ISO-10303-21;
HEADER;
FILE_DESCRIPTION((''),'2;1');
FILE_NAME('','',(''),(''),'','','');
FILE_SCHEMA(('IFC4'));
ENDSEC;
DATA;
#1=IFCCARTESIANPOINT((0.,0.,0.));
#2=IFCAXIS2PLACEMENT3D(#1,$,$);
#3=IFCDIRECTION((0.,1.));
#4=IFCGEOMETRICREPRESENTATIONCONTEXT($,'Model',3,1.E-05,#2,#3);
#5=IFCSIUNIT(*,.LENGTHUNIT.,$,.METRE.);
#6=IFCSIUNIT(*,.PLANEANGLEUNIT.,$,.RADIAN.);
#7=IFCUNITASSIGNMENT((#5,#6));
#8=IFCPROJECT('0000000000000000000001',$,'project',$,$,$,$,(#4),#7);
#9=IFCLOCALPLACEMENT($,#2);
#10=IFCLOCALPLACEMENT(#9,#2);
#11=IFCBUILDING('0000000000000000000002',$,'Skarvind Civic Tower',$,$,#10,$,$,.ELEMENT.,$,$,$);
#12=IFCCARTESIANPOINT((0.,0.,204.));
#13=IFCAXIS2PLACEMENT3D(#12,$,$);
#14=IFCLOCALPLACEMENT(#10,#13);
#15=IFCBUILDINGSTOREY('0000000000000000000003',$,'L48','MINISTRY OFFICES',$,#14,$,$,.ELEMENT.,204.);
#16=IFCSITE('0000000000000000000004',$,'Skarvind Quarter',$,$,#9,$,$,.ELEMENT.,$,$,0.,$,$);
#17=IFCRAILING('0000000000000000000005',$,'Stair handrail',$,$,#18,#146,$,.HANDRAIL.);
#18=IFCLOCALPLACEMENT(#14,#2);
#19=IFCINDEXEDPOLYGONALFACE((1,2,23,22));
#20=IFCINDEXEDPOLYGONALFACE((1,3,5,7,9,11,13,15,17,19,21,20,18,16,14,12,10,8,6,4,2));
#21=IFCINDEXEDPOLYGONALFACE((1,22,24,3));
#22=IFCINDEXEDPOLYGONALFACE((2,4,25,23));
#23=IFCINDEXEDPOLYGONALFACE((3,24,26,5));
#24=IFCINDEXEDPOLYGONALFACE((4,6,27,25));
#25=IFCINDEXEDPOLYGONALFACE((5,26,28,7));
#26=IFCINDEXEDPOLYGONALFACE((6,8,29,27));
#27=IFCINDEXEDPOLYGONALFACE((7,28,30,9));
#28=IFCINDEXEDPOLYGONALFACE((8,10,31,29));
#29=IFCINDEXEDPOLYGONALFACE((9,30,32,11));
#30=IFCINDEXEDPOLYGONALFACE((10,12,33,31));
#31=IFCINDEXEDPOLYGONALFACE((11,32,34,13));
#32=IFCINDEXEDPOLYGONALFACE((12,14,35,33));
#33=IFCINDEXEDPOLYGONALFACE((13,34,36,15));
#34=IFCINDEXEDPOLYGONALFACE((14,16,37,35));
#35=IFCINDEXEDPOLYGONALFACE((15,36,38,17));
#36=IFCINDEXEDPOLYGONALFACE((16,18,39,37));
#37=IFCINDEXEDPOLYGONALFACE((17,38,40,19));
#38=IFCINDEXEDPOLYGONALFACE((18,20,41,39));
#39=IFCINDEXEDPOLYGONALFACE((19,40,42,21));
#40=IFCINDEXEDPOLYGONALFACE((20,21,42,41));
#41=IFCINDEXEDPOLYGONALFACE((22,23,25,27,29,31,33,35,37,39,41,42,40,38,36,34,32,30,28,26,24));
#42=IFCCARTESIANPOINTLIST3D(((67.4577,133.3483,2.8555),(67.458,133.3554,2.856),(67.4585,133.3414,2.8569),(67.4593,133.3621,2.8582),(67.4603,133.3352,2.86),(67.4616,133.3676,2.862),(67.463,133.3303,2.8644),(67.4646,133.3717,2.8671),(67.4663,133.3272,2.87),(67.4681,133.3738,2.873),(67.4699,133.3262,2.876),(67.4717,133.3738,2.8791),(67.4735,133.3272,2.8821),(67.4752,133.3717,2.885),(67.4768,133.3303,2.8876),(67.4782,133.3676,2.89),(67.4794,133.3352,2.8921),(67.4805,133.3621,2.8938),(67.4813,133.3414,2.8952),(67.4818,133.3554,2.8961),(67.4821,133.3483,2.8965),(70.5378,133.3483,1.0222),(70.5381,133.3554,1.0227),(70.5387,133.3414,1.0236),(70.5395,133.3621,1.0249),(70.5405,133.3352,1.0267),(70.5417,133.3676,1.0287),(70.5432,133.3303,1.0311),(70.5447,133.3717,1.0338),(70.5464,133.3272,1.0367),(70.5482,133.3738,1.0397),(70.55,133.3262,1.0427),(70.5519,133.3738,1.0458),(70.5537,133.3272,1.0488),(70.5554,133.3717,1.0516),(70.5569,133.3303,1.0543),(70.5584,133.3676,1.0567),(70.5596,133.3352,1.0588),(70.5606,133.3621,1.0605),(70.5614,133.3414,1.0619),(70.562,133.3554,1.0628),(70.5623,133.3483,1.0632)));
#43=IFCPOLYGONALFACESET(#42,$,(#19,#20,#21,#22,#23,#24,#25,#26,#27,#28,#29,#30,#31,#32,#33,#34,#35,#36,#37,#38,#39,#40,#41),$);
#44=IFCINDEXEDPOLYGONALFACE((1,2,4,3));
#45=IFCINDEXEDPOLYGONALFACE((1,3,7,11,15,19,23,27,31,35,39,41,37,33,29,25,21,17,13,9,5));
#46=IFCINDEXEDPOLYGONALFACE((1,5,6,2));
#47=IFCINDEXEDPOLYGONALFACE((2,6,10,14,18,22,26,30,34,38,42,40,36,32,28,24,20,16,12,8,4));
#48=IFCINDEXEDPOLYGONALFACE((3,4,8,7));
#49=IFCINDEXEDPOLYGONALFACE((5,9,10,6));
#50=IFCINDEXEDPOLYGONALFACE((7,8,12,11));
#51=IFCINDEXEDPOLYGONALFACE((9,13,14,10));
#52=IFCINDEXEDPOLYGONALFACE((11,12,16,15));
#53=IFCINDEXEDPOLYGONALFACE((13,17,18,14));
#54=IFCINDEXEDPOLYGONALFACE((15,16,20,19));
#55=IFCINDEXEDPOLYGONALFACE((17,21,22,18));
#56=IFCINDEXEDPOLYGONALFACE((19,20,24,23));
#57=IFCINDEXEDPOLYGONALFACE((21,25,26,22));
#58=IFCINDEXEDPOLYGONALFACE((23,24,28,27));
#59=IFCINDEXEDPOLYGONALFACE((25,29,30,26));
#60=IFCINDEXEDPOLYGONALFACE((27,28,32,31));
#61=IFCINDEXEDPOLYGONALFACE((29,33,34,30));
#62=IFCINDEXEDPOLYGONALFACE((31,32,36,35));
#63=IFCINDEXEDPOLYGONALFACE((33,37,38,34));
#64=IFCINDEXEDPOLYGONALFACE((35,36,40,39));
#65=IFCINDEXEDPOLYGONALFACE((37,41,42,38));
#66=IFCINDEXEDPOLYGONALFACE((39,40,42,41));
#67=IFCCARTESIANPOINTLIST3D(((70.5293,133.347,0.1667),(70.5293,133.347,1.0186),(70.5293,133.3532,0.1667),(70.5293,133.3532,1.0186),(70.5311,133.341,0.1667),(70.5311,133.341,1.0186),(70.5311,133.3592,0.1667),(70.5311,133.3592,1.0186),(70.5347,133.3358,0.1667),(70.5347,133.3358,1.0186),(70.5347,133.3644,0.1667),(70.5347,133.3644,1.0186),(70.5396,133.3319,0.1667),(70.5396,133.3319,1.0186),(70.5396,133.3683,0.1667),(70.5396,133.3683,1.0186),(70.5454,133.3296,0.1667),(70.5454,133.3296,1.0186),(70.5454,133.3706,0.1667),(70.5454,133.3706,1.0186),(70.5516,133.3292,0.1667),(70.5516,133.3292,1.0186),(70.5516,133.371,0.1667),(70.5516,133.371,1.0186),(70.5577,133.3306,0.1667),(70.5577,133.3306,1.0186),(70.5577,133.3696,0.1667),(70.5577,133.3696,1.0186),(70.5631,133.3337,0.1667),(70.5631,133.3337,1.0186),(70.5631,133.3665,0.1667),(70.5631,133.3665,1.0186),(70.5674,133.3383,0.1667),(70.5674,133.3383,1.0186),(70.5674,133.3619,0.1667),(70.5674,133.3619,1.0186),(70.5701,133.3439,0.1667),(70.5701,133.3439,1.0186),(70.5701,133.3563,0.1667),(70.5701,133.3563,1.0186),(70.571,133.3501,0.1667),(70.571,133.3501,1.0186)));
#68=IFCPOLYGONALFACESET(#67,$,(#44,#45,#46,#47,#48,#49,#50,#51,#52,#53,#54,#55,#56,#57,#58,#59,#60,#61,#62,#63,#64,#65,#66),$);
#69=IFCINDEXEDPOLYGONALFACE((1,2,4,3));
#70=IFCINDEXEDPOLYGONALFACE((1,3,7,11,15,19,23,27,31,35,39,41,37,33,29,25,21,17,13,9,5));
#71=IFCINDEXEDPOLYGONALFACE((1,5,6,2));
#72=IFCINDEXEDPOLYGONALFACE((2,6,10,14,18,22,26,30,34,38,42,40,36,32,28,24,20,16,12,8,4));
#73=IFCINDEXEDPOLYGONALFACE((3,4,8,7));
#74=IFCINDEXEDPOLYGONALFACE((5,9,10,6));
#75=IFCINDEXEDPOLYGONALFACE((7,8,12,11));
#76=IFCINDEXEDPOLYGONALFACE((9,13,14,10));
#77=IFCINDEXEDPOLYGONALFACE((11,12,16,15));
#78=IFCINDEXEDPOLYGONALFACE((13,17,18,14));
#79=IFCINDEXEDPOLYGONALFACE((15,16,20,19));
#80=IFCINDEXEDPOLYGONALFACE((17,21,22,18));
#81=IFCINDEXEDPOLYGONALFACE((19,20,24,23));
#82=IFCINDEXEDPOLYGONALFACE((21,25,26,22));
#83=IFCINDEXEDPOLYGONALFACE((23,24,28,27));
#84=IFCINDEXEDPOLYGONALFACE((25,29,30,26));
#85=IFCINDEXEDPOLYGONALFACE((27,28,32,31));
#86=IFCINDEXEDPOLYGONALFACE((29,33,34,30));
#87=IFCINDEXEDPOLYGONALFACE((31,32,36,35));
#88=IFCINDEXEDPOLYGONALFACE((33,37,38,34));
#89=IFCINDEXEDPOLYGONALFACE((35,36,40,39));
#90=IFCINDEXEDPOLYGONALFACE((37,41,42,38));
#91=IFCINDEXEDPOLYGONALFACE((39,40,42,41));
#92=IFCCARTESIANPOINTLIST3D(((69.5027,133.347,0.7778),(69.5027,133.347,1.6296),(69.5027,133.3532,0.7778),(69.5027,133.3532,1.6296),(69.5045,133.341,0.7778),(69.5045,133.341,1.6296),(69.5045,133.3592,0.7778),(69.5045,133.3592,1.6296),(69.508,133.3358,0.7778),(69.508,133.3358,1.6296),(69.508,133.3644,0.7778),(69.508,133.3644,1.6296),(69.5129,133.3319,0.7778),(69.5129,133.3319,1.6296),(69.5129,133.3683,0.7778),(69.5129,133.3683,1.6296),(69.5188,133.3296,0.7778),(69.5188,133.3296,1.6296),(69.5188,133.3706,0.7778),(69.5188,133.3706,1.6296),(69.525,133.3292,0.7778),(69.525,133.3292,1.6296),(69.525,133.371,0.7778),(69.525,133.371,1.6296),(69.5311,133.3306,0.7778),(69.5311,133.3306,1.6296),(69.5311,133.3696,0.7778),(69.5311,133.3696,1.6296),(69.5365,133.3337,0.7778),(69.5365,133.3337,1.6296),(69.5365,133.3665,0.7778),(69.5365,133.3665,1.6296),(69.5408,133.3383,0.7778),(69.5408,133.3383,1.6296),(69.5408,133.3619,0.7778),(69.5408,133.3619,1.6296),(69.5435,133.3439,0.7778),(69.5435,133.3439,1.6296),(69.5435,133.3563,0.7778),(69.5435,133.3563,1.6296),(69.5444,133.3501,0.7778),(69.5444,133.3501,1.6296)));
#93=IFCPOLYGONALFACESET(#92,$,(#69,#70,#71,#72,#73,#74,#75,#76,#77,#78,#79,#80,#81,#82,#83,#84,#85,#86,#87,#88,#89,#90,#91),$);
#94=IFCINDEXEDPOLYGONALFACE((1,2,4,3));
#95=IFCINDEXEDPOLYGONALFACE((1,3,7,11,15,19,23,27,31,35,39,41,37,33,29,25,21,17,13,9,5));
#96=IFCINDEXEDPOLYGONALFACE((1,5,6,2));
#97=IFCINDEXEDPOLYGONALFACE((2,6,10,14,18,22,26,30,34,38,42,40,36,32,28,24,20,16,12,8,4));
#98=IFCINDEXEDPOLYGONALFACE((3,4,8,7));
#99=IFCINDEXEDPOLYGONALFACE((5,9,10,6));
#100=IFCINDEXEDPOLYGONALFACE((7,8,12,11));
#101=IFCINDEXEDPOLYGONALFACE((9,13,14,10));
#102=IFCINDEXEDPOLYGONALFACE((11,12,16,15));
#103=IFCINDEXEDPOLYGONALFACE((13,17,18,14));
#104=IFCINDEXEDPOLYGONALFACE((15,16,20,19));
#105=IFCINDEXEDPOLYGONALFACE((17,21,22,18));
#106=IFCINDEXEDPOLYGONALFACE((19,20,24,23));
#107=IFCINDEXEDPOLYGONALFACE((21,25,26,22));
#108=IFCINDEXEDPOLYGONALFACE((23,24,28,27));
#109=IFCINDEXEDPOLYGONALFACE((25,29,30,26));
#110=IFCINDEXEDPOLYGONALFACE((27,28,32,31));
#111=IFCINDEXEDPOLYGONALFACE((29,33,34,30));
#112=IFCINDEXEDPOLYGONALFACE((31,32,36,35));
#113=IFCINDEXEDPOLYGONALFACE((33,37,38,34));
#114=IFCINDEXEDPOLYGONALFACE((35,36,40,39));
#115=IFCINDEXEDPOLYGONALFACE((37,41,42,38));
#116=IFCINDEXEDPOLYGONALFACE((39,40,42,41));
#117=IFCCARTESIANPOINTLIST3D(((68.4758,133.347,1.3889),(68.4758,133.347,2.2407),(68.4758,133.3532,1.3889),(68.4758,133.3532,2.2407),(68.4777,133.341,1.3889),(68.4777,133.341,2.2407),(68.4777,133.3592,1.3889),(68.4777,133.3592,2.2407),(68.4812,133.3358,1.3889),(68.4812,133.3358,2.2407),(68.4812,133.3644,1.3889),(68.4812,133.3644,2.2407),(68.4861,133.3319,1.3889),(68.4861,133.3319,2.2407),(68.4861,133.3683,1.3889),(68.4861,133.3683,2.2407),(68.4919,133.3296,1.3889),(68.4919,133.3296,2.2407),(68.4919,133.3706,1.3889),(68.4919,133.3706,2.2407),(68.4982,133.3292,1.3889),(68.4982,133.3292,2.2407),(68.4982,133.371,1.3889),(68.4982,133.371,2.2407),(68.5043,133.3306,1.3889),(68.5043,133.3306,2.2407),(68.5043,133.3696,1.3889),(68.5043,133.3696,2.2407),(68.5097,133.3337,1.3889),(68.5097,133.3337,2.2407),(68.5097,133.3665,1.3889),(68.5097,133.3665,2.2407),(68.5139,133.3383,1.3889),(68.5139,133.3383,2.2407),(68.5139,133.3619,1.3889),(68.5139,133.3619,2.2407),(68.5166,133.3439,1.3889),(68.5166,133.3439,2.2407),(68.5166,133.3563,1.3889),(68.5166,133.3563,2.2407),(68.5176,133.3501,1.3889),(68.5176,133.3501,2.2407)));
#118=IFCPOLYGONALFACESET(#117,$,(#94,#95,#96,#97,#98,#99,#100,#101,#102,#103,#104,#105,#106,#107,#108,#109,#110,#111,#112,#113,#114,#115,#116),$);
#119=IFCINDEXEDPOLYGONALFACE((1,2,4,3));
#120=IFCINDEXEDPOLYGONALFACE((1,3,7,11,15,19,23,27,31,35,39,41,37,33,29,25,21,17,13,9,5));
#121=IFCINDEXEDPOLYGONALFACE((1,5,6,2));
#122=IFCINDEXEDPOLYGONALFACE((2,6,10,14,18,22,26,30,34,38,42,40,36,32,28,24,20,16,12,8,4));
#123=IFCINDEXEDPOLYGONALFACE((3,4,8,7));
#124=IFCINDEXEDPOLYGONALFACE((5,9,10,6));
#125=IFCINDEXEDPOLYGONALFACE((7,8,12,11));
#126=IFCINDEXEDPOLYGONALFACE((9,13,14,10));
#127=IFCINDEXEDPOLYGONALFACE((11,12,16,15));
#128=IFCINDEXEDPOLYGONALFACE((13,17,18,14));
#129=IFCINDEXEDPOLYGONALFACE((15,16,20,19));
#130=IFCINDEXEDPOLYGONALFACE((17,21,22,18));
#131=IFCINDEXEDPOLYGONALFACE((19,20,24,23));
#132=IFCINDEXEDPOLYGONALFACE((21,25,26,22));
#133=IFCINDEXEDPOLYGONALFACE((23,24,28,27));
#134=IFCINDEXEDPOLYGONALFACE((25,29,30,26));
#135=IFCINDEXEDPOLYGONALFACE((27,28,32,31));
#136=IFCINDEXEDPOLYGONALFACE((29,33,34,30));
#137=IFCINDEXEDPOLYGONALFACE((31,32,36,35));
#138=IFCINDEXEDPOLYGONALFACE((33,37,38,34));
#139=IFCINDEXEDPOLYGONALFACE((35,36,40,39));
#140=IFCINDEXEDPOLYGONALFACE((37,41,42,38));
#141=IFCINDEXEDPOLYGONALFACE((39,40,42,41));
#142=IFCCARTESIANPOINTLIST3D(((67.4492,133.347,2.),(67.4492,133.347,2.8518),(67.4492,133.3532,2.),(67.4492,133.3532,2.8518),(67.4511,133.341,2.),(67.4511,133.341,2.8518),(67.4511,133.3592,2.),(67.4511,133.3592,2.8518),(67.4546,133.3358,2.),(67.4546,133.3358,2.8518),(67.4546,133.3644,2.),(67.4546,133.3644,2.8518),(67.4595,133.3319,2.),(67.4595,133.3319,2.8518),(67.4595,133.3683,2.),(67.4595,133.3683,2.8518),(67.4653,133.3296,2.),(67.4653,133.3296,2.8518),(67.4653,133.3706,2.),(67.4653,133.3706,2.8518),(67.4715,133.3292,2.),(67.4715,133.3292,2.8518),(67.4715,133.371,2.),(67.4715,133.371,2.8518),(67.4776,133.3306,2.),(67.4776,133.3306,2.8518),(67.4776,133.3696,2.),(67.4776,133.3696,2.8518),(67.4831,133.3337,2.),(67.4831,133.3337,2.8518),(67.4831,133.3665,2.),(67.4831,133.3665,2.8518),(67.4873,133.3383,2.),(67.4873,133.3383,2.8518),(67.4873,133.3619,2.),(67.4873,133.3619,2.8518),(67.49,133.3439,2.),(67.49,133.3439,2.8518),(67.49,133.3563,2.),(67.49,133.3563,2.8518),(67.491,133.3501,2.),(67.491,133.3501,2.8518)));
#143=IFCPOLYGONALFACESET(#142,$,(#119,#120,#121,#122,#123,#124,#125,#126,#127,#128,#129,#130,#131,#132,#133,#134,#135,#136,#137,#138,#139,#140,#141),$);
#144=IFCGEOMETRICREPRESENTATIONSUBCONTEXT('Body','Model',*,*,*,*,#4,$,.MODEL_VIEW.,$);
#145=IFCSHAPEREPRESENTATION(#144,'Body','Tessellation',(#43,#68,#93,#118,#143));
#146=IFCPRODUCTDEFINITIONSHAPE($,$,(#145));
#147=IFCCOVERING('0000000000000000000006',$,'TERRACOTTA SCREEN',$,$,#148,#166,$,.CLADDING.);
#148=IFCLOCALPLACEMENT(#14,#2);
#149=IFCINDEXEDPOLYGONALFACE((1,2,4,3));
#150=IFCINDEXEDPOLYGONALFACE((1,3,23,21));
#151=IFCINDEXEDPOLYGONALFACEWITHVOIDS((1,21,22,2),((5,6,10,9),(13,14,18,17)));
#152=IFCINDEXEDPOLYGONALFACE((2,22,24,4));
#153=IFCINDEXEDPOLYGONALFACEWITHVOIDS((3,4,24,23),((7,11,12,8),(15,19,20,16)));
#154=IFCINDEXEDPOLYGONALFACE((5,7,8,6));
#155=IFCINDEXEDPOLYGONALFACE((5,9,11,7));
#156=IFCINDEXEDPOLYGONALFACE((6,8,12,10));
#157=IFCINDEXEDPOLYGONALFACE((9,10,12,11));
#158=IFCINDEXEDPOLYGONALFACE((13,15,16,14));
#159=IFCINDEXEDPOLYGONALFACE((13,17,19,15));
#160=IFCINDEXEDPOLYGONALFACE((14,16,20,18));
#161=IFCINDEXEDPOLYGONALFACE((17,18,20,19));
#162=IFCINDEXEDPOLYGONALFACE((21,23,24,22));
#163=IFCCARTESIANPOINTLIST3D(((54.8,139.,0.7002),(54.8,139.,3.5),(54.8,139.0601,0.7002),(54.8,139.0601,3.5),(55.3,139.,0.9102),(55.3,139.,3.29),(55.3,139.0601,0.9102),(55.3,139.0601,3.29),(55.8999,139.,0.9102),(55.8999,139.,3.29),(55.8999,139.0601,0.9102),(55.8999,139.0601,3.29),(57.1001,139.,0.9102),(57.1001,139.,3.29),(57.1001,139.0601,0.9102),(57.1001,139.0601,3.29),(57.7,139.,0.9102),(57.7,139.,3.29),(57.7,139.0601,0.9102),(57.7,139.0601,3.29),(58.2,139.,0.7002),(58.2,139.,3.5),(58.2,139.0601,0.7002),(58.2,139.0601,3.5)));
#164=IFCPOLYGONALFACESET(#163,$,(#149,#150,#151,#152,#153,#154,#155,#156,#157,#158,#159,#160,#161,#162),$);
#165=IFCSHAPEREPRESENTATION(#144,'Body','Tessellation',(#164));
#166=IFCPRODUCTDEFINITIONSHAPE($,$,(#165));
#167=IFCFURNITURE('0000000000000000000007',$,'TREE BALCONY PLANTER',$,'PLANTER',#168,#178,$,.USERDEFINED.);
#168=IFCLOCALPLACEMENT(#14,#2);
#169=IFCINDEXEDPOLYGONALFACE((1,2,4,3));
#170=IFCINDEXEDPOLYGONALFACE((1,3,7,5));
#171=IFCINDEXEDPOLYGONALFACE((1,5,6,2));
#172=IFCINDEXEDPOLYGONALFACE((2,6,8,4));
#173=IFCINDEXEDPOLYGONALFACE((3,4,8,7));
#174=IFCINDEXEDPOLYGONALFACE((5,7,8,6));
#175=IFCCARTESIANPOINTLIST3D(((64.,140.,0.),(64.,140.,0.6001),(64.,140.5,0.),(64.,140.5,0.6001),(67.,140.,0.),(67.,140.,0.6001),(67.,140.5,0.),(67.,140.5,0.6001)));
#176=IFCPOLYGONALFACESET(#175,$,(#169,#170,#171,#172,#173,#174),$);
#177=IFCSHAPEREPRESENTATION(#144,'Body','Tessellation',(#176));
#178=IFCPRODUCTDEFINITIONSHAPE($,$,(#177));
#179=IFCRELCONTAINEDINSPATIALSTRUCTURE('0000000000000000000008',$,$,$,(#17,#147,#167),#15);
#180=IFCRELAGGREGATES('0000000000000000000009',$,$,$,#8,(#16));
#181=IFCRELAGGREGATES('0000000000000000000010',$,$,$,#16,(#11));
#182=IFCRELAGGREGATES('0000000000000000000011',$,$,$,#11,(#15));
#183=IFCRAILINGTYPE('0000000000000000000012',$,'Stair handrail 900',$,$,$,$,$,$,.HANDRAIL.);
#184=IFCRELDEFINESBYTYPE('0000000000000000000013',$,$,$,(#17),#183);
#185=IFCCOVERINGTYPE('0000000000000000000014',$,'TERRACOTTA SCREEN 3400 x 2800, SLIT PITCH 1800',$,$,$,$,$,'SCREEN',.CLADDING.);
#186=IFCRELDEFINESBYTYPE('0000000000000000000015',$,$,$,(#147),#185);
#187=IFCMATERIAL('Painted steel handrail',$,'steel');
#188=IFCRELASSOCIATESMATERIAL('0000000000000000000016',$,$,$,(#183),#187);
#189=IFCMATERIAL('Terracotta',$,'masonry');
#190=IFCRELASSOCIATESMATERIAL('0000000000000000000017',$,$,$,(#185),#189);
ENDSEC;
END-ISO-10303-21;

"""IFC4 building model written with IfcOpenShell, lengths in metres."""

from ifc_helpers import new_model, si_unit, direction, frame, origin, origin_2d, place, context, subcontext, project, spatial, polyline, rectangle, circle, outline, extrude, material, material_profile, profile_set, type_object, element, save


model = new_model("IFC4")

# Units and contexts
model_context = context("Model", 3, precision=1e-05, world=origin(), true_north=direction((0.0, 1.0)))
body_context = subcontext(model_context, "Body", "Model", "MODEL_VIEW")
ifc_project = project(units=[si_unit("LENGTHUNIT", "METRE"), si_unit("PLANEANGLEUNIT", "RADIAN")], contexts=[model_context])

# Site, building, storey
site_placement = place(None, origin())
site = spatial("IfcSite", under=ifc_project, at=site_placement, Name="Skarvind Quarter", CompositionType="ELEMENT", RefElevation=0.0)
building_placement = place(site_placement, origin())
building = spatial("IfcBuilding", under=site, at=building_placement, Name="Skarvind Civic Tower", CompositionType="ELEMENT")
storey_placement = place(building_placement, frame((0.0, 0.0, 204.0)))
storey = spatial("IfcBuildingStorey", under=building, at=storey_placement, Name="L48", Description="MINISTRY OFFICES", CompositionType="ELEMENT", Elevation=204.0)

# Railing
ifc_material_1 = material(Name="Painted steel handrail", Category="steel")
railing_type_1 = type_object("IfcRailingType", Name="Stair handrail 900", PredefinedType="HANDRAIL", material=ifc_material_1)
railing_1_placement = place(storey_placement, frame((70.55, 133.3501, 0.1667)))
element("IfcRailing", 1, at=railing_1_placement, inside=storey, type_object=railing_type_1, Name="Stair handrail", PredefinedType="HANDRAIL", context=body_context, shape_type="SweptSolid", body=[
    extrude(circle(Radius=0.0239, at=origin_2d()), frame((0.0, 0.0, 0.876), z_axis=(-0.859309, 0.0, 0.511458), x_axis=(0.0, -1.0, 0.0)), (0.0, 0.0, 1.0), 3.5845),
    extrude(circle(Radius=0.021, at=origin_2d()), origin(), (0.0, 0.0, 1.0), 0.8518),
    extrude(circle(Radius=0.021, at=origin_2d()), frame((-1.0266, 0.0, 0.6111)), (0.0, 0.0, 1.0), 0.8518),
    extrude(circle(Radius=0.021, at=origin_2d()), frame((-2.0535, 0.0, 1.2222)), (0.0, 0.0, 1.0), 0.8518),
    extrude(circle(Radius=0.021, at=origin_2d()), frame((-3.0801, 0.0, 1.8333)), (0.0, 0.0, 1.0), 0.8518),
])

# Covering
ifc_material_2 = material(Name="Terracotta", Category="masonry")
ifc_material_profile_1 = material_profile(ifc_material_2, outline(polyline([(-1.7, -1.3999), (1.7, -1.3999), (1.7, 1.3999), (-1.7, 1.3999), (-1.7, -1.3999)]), holes=[polyline([(-1.2, -1.1899), (-0.6001, -1.1899), (-0.6001, 1.1899), (-1.2, 1.1899), (-1.2, -1.1899)]), polyline([(0.6001, -1.1899), (1.2, -1.1899), (1.2, 1.1899), (0.6001, 1.1899), (0.6001, -1.1899)])]), Name="TERRACOTTA SCREEN 3400 x 2800, SLIT PITCH 1800")
ifc_profile_set_1 = profile_set([ifc_material_profile_1], Name="Terracotta")
covering_type = type_object("IfcCoveringType", Name="TERRACOTTA SCREEN 3400 x 2800, SLIT PITCH 1800", ElementType="SCREEN", PredefinedType="CLADDING", material=ifc_profile_set_1)
covering_placement = place(storey_placement, frame((56.5, 139.0, 2.1001), z_axis=(0.0, 1.0, 0.0), x_axis=(-1.0, 0.0, 0.0)))
element("IfcCovering", 2, at=covering_placement, inside=storey, type_object=covering_type, Name="TERRACOTTA SCREEN", PredefinedType="CLADDING", context=body_context, shape_type="SweptSolid", body=[
    extrude(outline(polyline([(-1.7, -1.3999), (1.7, -1.3999), (1.7, 1.3999), (-1.7, 1.3999), (-1.7, -1.3999)]), holes=[polyline([(-1.2, -1.1899), (-0.6001, -1.1899), (-0.6001, 1.1899), (-1.2, 1.1899), (-1.2, -1.1899)]), polyline([(0.6001, -1.1899), (1.2, -1.1899), (1.2, 1.1899), (0.6001, 1.1899), (0.6001, -1.1899)])]), origin(), (0.0, 0.0, 1.0), 0.0601),
])

# Furniture
furniture_placement = place(storey_placement, frame((65.5, 140.25, 0.0), z_axis=(0.0, 0.0, 1.0), x_axis=(1.0, 0.0, 0.0)))
element("IfcFurniture", 3, at=furniture_placement, inside=storey, Name="TREE BALCONY PLANTER", ObjectType="PLANTER", PredefinedType="USERDEFINED", context=body_context, shape_type="SweptSolid", body=[
    extrude(rectangle(XDim=3.0, YDim=0.5, at=origin_2d()), origin(), (0.0, 0.0, 1.0), 0.6001),
])

save(model, "model.ifc")
